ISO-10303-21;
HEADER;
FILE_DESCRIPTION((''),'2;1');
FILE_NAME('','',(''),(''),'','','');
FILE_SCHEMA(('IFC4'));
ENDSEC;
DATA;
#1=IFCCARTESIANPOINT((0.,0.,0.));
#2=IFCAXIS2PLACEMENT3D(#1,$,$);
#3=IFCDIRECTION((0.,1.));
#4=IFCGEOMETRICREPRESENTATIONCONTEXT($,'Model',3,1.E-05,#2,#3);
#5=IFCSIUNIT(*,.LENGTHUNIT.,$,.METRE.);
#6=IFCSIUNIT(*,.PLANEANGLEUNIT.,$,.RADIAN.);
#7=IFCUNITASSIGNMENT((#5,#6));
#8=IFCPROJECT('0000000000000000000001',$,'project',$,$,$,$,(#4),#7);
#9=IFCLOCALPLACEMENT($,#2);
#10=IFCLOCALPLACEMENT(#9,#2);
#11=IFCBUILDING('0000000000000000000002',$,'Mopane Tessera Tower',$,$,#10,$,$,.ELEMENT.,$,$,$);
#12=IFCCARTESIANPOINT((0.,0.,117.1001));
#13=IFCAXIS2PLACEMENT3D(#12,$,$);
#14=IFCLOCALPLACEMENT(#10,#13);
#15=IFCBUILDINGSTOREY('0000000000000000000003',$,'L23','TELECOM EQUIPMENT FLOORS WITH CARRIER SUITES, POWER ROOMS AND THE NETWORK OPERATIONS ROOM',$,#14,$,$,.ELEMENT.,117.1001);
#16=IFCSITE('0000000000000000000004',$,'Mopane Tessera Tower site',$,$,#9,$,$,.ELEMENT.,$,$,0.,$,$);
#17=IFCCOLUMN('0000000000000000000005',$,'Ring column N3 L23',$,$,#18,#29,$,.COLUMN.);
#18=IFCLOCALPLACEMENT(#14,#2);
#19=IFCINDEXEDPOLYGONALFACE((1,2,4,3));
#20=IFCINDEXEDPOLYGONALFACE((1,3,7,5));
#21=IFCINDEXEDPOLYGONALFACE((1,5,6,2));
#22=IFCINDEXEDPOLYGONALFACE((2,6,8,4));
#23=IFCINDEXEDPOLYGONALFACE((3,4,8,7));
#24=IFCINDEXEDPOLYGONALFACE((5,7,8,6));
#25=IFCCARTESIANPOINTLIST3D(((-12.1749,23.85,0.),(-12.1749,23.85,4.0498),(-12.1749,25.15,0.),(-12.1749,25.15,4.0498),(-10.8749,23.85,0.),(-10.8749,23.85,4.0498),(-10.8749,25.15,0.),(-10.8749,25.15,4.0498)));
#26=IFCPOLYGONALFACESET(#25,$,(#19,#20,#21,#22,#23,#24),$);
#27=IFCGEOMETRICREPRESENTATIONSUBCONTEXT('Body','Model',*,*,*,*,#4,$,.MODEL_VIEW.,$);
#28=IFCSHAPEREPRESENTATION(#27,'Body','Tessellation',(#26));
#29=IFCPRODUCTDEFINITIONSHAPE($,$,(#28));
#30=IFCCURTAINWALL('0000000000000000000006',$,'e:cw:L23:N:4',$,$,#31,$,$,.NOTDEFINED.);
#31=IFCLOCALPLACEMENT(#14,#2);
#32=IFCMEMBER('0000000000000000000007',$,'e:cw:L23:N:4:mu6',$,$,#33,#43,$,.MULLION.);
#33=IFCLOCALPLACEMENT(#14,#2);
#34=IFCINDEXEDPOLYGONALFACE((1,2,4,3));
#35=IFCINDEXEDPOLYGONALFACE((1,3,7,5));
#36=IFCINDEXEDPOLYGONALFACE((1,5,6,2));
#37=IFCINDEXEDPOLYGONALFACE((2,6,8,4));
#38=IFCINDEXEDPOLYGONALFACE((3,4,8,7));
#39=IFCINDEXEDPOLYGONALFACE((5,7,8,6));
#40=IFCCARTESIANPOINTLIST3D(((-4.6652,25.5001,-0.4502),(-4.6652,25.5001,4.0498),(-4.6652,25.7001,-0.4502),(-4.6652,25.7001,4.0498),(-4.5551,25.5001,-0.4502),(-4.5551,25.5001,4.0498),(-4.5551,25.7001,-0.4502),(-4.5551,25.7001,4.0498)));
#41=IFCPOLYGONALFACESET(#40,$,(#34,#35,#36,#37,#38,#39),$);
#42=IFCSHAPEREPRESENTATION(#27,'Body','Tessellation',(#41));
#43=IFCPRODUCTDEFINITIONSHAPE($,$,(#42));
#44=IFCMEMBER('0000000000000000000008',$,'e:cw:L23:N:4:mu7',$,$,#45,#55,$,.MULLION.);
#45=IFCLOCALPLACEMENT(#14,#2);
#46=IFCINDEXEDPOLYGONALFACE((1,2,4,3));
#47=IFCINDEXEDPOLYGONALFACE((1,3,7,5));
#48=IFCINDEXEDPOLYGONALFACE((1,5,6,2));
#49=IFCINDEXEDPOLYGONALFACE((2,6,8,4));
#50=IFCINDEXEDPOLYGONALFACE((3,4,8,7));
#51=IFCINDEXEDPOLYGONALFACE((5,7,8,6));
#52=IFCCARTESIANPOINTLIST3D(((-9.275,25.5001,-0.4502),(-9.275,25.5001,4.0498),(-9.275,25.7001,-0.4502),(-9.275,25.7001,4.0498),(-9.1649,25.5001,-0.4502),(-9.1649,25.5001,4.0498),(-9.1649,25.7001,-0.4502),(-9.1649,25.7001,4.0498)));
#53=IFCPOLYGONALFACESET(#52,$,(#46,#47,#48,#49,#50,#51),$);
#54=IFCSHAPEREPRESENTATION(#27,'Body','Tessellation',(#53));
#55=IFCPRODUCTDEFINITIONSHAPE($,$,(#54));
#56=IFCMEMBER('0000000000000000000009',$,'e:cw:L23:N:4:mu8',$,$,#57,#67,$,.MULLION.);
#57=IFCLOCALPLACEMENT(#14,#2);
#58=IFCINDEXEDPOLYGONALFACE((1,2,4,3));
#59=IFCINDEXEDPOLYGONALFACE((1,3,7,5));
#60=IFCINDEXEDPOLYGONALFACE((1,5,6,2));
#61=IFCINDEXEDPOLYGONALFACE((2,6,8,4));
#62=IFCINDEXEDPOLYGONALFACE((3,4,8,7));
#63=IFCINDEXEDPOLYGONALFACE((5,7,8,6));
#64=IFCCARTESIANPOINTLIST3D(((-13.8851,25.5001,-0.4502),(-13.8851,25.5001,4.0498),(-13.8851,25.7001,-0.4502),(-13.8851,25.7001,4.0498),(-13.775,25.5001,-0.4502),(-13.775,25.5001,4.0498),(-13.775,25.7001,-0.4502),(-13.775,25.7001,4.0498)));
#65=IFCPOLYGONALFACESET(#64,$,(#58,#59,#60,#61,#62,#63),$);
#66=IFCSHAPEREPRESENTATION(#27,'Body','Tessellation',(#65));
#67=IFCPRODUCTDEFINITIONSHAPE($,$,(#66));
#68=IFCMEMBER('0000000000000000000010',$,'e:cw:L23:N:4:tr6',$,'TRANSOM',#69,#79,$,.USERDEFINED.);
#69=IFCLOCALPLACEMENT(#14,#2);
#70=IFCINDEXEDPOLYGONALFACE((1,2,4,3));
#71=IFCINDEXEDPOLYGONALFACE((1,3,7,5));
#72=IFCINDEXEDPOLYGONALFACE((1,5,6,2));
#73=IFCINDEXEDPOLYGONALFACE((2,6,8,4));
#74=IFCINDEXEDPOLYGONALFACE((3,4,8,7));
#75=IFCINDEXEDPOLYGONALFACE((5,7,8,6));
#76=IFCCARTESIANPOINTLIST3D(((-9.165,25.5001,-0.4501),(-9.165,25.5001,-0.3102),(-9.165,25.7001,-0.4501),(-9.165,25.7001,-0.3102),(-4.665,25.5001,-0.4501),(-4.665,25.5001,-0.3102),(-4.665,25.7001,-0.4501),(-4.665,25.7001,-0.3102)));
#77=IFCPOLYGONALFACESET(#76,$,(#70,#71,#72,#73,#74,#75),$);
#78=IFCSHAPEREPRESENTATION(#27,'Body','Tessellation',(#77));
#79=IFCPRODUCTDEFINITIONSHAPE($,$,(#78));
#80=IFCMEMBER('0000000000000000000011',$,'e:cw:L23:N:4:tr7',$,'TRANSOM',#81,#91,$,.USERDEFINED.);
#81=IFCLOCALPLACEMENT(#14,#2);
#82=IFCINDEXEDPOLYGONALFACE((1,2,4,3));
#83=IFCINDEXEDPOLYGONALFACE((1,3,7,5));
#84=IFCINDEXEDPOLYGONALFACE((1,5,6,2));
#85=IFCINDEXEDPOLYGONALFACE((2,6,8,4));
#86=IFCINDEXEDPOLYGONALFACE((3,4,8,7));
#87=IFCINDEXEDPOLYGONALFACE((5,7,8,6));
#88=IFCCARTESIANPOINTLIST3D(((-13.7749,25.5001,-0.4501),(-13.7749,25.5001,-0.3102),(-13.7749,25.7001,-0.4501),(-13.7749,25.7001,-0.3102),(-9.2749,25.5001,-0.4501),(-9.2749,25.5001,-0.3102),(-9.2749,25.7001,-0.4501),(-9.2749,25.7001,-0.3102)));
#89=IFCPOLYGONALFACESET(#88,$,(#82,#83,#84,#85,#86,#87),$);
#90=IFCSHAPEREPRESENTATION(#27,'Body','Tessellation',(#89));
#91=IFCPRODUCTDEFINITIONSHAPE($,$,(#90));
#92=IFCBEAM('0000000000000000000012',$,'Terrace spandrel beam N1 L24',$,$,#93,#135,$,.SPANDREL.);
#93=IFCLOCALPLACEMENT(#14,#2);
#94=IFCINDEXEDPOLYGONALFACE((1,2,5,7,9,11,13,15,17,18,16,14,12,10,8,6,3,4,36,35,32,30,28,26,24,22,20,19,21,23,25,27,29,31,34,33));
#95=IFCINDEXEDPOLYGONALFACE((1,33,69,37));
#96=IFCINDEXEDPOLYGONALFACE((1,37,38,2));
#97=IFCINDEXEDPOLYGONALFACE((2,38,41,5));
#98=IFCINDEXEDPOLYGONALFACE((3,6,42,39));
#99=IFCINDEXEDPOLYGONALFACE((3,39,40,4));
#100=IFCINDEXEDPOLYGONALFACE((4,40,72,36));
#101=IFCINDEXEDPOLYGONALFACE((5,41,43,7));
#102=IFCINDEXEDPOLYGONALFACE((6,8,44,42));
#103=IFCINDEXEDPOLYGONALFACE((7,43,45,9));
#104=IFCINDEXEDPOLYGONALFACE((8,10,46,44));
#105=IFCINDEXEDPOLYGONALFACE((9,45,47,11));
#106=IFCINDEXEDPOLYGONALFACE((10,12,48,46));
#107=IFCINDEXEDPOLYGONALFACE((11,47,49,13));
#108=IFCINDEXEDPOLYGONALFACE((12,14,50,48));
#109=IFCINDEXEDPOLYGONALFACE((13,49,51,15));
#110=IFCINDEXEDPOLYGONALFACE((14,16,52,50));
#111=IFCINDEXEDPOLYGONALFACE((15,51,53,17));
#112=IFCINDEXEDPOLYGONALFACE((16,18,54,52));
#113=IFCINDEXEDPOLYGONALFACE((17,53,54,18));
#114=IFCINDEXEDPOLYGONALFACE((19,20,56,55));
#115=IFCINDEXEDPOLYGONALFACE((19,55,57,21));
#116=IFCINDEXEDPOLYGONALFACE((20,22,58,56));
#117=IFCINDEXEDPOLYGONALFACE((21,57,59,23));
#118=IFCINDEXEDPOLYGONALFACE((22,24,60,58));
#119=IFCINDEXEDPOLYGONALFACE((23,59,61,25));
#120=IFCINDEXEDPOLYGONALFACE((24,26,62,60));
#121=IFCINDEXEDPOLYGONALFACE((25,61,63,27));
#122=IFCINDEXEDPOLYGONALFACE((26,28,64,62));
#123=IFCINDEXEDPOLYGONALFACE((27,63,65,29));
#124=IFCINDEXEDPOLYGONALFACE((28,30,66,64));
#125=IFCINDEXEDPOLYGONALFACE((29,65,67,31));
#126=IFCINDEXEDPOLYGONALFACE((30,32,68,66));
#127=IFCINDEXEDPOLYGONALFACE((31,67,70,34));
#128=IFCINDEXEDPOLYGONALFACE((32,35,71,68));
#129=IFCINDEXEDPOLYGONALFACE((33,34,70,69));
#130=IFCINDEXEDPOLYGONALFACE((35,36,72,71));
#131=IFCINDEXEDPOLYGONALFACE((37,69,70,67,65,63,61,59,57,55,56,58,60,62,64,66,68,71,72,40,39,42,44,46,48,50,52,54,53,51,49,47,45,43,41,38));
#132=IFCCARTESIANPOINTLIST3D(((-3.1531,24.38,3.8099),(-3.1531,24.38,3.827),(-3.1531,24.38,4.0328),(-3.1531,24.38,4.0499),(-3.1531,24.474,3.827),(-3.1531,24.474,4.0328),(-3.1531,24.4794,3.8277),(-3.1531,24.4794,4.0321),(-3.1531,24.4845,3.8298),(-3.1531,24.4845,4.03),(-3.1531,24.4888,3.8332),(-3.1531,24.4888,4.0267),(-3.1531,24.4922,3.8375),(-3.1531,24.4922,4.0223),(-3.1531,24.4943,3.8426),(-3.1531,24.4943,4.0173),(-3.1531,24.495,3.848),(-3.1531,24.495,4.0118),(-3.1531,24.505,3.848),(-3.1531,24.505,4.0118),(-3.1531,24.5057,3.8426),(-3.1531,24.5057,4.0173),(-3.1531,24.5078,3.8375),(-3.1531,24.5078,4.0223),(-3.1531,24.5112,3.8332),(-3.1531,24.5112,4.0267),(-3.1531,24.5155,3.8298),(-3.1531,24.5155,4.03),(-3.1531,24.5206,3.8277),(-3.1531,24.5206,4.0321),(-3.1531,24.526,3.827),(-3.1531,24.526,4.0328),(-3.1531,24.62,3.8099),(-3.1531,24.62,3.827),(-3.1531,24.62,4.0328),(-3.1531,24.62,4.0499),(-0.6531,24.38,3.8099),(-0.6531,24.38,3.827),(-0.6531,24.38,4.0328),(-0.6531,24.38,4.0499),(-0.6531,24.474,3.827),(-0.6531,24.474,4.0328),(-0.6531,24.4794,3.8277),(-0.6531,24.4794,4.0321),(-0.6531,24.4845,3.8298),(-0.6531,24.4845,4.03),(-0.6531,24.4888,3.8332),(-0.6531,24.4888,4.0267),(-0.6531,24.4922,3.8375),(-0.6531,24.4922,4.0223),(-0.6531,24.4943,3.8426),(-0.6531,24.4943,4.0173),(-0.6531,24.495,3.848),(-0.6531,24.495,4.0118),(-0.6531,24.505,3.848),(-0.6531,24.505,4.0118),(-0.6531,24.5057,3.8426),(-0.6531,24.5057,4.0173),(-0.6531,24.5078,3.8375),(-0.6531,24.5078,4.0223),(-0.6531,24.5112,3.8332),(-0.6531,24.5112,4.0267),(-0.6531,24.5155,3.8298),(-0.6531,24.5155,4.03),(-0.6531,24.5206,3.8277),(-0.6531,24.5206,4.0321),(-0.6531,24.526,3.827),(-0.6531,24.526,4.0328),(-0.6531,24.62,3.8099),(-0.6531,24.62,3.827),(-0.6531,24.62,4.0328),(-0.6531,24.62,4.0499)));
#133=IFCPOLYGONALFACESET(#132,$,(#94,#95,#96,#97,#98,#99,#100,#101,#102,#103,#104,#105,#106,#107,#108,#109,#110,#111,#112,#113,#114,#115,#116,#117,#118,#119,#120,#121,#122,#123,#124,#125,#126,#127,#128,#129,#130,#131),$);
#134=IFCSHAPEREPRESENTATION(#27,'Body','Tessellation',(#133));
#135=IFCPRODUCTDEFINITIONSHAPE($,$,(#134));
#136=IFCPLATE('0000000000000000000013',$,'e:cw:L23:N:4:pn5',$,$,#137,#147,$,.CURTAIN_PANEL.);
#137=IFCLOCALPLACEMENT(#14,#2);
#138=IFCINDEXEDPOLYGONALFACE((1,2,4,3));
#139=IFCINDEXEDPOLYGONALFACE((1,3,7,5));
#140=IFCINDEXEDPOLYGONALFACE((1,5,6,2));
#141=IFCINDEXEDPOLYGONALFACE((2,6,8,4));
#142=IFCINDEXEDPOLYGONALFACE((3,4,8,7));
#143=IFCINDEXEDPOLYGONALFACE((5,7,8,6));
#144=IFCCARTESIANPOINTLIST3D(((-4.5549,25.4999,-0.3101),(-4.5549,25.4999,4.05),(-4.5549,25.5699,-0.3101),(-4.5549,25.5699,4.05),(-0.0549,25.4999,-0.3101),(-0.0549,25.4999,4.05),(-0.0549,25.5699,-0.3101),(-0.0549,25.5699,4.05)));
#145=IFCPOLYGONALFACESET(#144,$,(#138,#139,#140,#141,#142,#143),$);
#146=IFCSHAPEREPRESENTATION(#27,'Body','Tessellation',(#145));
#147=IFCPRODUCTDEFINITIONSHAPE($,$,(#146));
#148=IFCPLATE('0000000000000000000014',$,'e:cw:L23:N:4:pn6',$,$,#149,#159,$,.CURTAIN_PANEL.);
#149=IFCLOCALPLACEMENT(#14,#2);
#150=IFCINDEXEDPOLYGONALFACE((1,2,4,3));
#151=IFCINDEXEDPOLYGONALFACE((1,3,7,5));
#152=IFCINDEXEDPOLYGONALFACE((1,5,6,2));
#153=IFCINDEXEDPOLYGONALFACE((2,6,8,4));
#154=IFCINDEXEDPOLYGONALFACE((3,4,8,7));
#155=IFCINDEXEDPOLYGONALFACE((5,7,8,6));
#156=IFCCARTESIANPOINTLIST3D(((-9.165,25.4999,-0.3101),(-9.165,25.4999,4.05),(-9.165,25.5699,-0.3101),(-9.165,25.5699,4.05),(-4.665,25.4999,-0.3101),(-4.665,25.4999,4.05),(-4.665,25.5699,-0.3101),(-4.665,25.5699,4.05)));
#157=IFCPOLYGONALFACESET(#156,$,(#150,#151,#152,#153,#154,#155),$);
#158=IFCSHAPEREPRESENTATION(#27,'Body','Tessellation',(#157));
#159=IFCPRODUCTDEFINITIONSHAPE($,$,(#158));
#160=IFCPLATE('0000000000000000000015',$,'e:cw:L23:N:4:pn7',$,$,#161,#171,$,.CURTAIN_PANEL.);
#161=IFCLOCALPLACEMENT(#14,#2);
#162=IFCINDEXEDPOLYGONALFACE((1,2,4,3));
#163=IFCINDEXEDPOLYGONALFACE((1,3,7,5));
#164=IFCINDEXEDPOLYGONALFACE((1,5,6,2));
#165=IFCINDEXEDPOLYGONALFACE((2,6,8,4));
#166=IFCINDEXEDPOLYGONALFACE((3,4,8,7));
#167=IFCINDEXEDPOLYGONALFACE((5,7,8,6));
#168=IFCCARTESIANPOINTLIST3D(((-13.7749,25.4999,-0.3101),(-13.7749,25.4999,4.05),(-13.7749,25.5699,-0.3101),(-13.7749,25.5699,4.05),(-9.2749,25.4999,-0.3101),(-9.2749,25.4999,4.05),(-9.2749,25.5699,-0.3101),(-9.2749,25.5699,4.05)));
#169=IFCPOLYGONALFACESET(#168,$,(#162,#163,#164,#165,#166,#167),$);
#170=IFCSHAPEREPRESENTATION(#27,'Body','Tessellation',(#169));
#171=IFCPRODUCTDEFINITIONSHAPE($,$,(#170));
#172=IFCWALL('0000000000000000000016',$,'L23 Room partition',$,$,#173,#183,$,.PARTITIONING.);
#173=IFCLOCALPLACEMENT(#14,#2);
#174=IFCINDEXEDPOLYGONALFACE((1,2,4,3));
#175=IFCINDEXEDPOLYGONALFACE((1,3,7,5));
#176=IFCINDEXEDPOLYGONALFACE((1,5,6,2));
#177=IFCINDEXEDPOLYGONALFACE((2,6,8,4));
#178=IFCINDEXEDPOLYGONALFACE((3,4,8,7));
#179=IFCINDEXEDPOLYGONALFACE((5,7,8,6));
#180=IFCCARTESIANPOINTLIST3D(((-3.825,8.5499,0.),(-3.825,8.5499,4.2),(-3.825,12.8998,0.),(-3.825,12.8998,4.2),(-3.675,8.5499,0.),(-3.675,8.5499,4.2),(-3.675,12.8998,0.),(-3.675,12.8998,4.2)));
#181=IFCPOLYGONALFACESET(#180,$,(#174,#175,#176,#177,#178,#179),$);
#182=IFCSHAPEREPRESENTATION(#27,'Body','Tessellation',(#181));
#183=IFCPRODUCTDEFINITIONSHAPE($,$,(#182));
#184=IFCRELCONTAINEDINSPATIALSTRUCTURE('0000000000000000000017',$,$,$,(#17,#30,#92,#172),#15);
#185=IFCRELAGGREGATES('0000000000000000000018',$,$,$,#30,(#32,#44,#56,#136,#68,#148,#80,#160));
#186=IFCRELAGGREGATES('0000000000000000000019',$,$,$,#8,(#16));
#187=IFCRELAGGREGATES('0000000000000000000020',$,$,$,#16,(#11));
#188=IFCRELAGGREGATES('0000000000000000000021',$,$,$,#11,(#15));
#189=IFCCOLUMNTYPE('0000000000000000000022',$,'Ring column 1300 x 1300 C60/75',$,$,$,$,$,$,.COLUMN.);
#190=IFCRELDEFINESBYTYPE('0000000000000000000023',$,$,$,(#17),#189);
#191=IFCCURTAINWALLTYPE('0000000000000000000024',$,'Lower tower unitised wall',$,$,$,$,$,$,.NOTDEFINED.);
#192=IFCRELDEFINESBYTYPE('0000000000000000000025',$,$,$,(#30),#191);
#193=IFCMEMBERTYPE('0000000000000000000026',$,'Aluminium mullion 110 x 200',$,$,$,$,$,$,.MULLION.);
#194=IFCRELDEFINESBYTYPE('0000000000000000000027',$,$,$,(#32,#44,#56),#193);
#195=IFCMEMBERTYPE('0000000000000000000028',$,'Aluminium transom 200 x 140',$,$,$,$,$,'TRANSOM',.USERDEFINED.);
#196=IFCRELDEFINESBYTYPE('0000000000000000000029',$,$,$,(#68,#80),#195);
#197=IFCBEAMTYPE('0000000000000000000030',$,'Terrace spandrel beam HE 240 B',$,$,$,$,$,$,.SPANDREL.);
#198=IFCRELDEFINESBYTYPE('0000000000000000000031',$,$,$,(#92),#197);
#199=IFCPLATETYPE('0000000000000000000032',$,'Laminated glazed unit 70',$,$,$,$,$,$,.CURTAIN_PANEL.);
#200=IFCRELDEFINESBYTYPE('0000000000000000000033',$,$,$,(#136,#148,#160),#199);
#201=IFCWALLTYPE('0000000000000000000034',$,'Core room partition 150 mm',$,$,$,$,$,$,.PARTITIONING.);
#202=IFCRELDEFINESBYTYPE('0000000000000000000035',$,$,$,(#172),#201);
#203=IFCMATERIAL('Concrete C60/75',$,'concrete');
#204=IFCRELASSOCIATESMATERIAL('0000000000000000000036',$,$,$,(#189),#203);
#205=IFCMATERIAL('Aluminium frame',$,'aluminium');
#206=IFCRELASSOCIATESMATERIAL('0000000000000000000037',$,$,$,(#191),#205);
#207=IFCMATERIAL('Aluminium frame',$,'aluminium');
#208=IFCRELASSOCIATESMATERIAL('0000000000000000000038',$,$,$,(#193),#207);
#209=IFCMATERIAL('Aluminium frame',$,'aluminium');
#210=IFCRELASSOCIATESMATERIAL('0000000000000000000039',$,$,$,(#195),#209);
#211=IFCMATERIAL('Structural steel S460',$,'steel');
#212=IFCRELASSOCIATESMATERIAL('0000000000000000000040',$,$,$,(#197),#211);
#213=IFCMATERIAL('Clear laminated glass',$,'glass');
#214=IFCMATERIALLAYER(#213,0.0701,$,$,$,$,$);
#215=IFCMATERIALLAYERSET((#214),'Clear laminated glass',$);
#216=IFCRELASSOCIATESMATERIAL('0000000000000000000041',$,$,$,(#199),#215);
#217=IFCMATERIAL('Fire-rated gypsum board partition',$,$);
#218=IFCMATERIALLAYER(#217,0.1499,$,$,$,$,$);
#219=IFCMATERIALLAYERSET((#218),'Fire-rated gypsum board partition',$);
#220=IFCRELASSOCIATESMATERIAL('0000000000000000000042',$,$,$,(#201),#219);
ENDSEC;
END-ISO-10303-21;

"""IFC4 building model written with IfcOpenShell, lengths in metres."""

from ifc_helpers import new_model, si_unit, direction, frame, frame_2d, origin, origin_2d, place, context, subcontext, project, spatial, rectangle, i_section, extrude, material, layer, layer_set, material_profile, profile_set, type_object, element, aggregate, save


model = new_model("IFC4")

# Units and contexts
model_context = context("Model", 3, precision=1e-05, world=origin(), true_north=direction((0.0, 1.0)))
body_context = subcontext(model_context, "Body", "Model", "MODEL_VIEW")
ifc_project = project(units=[si_unit("LENGTHUNIT", "METRE"), si_unit("PLANEANGLEUNIT", "RADIAN")], contexts=[model_context])

# Site, building, storey
site_placement = place(None, origin())
site = spatial("IfcSite", under=ifc_project, at=site_placement, Name="Mopane Tessera Tower site", CompositionType="ELEMENT", RefElevation=0.0)
building_placement = place(site_placement, origin())
building = spatial("IfcBuilding", under=site, at=building_placement, Name="Mopane Tessera Tower", CompositionType="ELEMENT")
storey_placement = place(building_placement, frame((0.0, 0.0, 117.1001)))
storey = spatial("IfcBuildingStorey", under=building, at=storey_placement, Name="L23", Description="TELECOM EQUIPMENT FLOORS WITH CARRIER SUITES, POWER ROOMS AND THE NETWORK OPERATIONS ROOM", CompositionType="ELEMENT", Elevation=117.1001)

# Column
ifc_material_1 = material(Name="Concrete C60/75", Category="concrete")
ifc_material_profile_1 = material_profile(ifc_material_1, rectangle(XDim=1.3, YDim=1.3, at=origin_2d()))
ifc_profile_set_1 = profile_set([ifc_material_profile_1], Name="Concrete C60/75")
column_type = type_object("IfcColumnType", Name="Ring column 1300 x 1300 C60/75", PredefinedType="COLUMN", material=ifc_profile_set_1)
column_placement = place(storey_placement, frame((-11.5249, 24.5, 0.0), z_axis=(0.0, 0.0, 1.0), x_axis=(1.0, 0.0, 0.0)))
element("IfcColumn", 1, at=column_placement, inside=storey, type_object=column_type, Name="Ring column N3 L23", PredefinedType="COLUMN", context=body_context, shape_type="SweptSolid", body=[
    extrude(rectangle(XDim=1.3, YDim=1.3, at=origin_2d()), origin(), (0.0, 0.0, 1.0), 4.0498),
])

# Curtain wall, members
ifc_material_2 = material(Name="Aluminium frame", Category="aluminium")
curtain_wall_type = type_object("IfcCurtainWallType", Name="Lower tower unitised wall", PredefinedType="NOTDEFINED", material=ifc_material_2)
curtain_wall_placement = place(storey_placement, origin())
curtain_wall = element("IfcCurtainWall", 2, at=curtain_wall_placement, inside=storey, type_object=curtain_wall_type, Name="e:cw:L23:N:4", PredefinedType="NOTDEFINED")
ifc_material_3 = material(Name="Aluminium frame", Category="aluminium")
ifc_material_profile_2 = material_profile(ifc_material_3, rectangle(XDim=0.1101, YDim=0.2, at=origin_2d()))
ifc_profile_set_2 = profile_set([ifc_material_profile_2], Name="Aluminium frame")
member_type_1 = type_object("IfcMemberType", Name="Aluminium mullion 110 x 200", PredefinedType="MULLION", material=ifc_profile_set_2)
member_1_placement = place(storey_placement, frame((-4.6101, 25.6001, -0.4502), z_axis=(0.0, 0.0, 1.0), x_axis=(-1.0, 0.0, 0.0)))
member_1 = element("IfcMember", 3, at=member_1_placement, type_object=member_type_1, Name="e:cw:L23:N:4:mu6", PredefinedType="MULLION", context=body_context, shape_type="SweptSolid", body=[
    extrude(rectangle(XDim=0.1101, YDim=0.2, at=origin_2d()), origin(), (0.0, 0.0, 1.0), 4.5),
])
member_2_placement = place(storey_placement, frame((-9.22, 25.6001, -0.4502), z_axis=(0.0, 0.0, 1.0), x_axis=(-1.0, 0.0, 0.0)))
member_2 = element("IfcMember", 4, at=member_2_placement, type_object=member_type_1, Name="e:cw:L23:N:4:mu7", PredefinedType="MULLION", context=body_context, shape_type="SweptSolid", body=[
    extrude(rectangle(XDim=0.1101, YDim=0.2, at=origin_2d()), origin(), (0.0, 0.0, 1.0), 4.5),
])
member_3_placement = place(storey_placement, frame((-13.8301, 25.6001, -0.4502), z_axis=(0.0, 0.0, 1.0), x_axis=(-1.0, 0.0, 0.0)))
member_3 = element("IfcMember", 5, at=member_3_placement, type_object=member_type_1, Name="e:cw:L23:N:4:mu8", PredefinedType="MULLION", context=body_context, shape_type="SweptSolid", body=[
    extrude(rectangle(XDim=0.1101, YDim=0.2, at=origin_2d()), origin(), (0.0, 0.0, 1.0), 4.5),
])
ifc_material_4 = material(Name="Aluminium frame", Category="aluminium")
ifc_material_profile_3 = material_profile(ifc_material_4, rectangle(XDim=0.2, YDim=0.1399, at=origin_2d()))
ifc_profile_set_3 = profile_set([ifc_material_profile_3], Name="Aluminium frame")
member_type_2 = type_object("IfcMemberType", Name="Aluminium transom 200 x 140", ElementType="TRANSOM", PredefinedType="USERDEFINED", material=ifc_profile_set_3)
member_4_placement = place(storey_placement, frame((-4.665, 25.6001, -0.3801), z_axis=(-1.0, 0.0, 0.0), x_axis=(0.0, -1.0, 0.0)))
member_4 = element("IfcMember", 6, at=member_4_placement, type_object=member_type_2, Name="e:cw:L23:N:4:tr6", ObjectType="TRANSOM", PredefinedType="USERDEFINED", context=body_context, shape_type="SweptSolid", body=[
    extrude(rectangle(XDim=0.2, YDim=0.1399, at=origin_2d()), origin(), (0.0, 0.0, 1.0), 4.5),
])
member_5_placement = place(storey_placement, frame((-9.2749, 25.6001, -0.3801), z_axis=(-1.0, 0.0, 0.0), x_axis=(0.0, -1.0, 0.0)))
member_5 = element("IfcMember", 7, at=member_5_placement, type_object=member_type_2, Name="e:cw:L23:N:4:tr7", ObjectType="TRANSOM", PredefinedType="USERDEFINED", context=body_context, shape_type="SweptSolid", body=[
    extrude(rectangle(XDim=0.2, YDim=0.1399, at=origin_2d()), origin(), (0.0, 0.0, 1.0), 4.5),
])

# Beam
ifc_material_5 = material(Name="Structural steel S460", Category="steel")
ifc_material_profile_4 = material_profile(ifc_material_5, i_section(OverallWidth=0.24, OverallDepth=0.24, WebThickness=0.01, FlangeThickness=0.0171, FilletRadius=0.021, at=origin_2d()))
ifc_profile_set_4 = profile_set([ifc_material_profile_4], Name="Structural steel S460")
beam_type = type_object("IfcBeamType", Name="Terrace spandrel beam HE 240 B", PredefinedType="SPANDREL", material=ifc_profile_set_4)
beam_placement = place(storey_placement, frame((-0.6531, 24.5, 3.9299), z_axis=(-1.0, 0.0, 0.0), x_axis=(0.0, -1.0, 0.0)))
element("IfcBeam", 8, at=beam_placement, inside=storey, type_object=beam_type, Name="Terrace spandrel beam N1 L24", PredefinedType="SPANDREL", context=body_context, shape_type="SweptSolid", body=[
    extrude(i_section(OverallWidth=0.24, OverallDepth=0.24, WebThickness=0.01, FlangeThickness=0.0171, FilletRadius=0.021, at=origin_2d()), origin(), (0.0, 0.0, 1.0), 2.5),
])

# Plates
ifc_material_6 = material(Name="Clear laminated glass", Category="glass")
ifc_layer_1 = layer(ifc_material_6, 0.0701)
ifc_layer_set_1 = layer_set([ifc_layer_1], Name="Clear laminated glass")
plate_type = type_object("IfcPlateType", Name="Laminated glazed unit 70", PredefinedType="CURTAIN_PANEL", material=ifc_layer_set_1)
plate_1_placement = place(storey_placement, frame((-2.3049, 25.5349, -0.3101), z_axis=(0.0, 0.0, 1.0), x_axis=(-1.0, 0.0, 0.0)))
plate_1 = element("IfcPlate", 9, at=plate_1_placement, type_object=plate_type, Name="e:cw:L23:N:4:pn5", PredefinedType="CURTAIN_PANEL", context=body_context, shape_type="SweptSolid", body=[
    extrude(rectangle(XDim=4.5, YDim=0.0701, at=origin_2d()), origin(), (0.0, 0.0, 1.0), 4.3601),
])
plate_2_placement = place(storey_placement, frame((-6.915, 25.5349, -0.3101), z_axis=(0.0, 0.0, 1.0), x_axis=(-1.0, 0.0, 0.0)))
plate_2 = element("IfcPlate", 10, at=plate_2_placement, type_object=plate_type, Name="e:cw:L23:N:4:pn6", PredefinedType="CURTAIN_PANEL", context=body_context, shape_type="SweptSolid", body=[
    extrude(rectangle(XDim=4.5, YDim=0.0701, at=origin_2d()), origin(), (0.0, 0.0, 1.0), 4.3601),
])
plate_3_placement = place(storey_placement, frame((-11.5249, 25.5349, -0.3101), z_axis=(0.0, 0.0, 1.0), x_axis=(-1.0, 0.0, 0.0)))
plate_3 = element("IfcPlate", 11, at=plate_3_placement, type_object=plate_type, Name="e:cw:L23:N:4:pn7", PredefinedType="CURTAIN_PANEL", context=body_context, shape_type="SweptSolid", body=[
    extrude(rectangle(XDim=4.5, YDim=0.0701, at=origin_2d()), origin(), (0.0, 0.0, 1.0), 4.3601),
])
aggregate(curtain_wall, [member_1, member_2, member_3, plate_1, member_4, plate_2, member_5, plate_3])

# Wall
ifc_material_7 = material(Name="Fire-rated gypsum board partition")
ifc_layer_2 = layer(ifc_material_7, 0.1499)
ifc_layer_set_2 = layer_set([ifc_layer_2], Name="Fire-rated gypsum board partition")
wall_type_1 = type_object("IfcWallType", Name="Core room partition 150 mm", PredefinedType="PARTITIONING", material=ifc_layer_set_2)
wall_1_placement = place(storey_placement, frame((-3.75, 8.55, 0.0), z_axis=(0.0, 0.0, 1.0), x_axis=(0.0, 1.0, 0.0)))
element("IfcWall", 12, at=wall_1_placement, inside=storey, type_object=wall_type_1, Name="L23 Room partition", PredefinedType="PARTITIONING", context=body_context, shape_type="SweptSolid", body=[
    extrude(rectangle(XDim=4.3499, YDim=0.1499, at=frame_2d((2.1748, 0.0))), origin(), (0.0, 0.0, 1.0), 4.2),
])

save(model, "model.ifc")
